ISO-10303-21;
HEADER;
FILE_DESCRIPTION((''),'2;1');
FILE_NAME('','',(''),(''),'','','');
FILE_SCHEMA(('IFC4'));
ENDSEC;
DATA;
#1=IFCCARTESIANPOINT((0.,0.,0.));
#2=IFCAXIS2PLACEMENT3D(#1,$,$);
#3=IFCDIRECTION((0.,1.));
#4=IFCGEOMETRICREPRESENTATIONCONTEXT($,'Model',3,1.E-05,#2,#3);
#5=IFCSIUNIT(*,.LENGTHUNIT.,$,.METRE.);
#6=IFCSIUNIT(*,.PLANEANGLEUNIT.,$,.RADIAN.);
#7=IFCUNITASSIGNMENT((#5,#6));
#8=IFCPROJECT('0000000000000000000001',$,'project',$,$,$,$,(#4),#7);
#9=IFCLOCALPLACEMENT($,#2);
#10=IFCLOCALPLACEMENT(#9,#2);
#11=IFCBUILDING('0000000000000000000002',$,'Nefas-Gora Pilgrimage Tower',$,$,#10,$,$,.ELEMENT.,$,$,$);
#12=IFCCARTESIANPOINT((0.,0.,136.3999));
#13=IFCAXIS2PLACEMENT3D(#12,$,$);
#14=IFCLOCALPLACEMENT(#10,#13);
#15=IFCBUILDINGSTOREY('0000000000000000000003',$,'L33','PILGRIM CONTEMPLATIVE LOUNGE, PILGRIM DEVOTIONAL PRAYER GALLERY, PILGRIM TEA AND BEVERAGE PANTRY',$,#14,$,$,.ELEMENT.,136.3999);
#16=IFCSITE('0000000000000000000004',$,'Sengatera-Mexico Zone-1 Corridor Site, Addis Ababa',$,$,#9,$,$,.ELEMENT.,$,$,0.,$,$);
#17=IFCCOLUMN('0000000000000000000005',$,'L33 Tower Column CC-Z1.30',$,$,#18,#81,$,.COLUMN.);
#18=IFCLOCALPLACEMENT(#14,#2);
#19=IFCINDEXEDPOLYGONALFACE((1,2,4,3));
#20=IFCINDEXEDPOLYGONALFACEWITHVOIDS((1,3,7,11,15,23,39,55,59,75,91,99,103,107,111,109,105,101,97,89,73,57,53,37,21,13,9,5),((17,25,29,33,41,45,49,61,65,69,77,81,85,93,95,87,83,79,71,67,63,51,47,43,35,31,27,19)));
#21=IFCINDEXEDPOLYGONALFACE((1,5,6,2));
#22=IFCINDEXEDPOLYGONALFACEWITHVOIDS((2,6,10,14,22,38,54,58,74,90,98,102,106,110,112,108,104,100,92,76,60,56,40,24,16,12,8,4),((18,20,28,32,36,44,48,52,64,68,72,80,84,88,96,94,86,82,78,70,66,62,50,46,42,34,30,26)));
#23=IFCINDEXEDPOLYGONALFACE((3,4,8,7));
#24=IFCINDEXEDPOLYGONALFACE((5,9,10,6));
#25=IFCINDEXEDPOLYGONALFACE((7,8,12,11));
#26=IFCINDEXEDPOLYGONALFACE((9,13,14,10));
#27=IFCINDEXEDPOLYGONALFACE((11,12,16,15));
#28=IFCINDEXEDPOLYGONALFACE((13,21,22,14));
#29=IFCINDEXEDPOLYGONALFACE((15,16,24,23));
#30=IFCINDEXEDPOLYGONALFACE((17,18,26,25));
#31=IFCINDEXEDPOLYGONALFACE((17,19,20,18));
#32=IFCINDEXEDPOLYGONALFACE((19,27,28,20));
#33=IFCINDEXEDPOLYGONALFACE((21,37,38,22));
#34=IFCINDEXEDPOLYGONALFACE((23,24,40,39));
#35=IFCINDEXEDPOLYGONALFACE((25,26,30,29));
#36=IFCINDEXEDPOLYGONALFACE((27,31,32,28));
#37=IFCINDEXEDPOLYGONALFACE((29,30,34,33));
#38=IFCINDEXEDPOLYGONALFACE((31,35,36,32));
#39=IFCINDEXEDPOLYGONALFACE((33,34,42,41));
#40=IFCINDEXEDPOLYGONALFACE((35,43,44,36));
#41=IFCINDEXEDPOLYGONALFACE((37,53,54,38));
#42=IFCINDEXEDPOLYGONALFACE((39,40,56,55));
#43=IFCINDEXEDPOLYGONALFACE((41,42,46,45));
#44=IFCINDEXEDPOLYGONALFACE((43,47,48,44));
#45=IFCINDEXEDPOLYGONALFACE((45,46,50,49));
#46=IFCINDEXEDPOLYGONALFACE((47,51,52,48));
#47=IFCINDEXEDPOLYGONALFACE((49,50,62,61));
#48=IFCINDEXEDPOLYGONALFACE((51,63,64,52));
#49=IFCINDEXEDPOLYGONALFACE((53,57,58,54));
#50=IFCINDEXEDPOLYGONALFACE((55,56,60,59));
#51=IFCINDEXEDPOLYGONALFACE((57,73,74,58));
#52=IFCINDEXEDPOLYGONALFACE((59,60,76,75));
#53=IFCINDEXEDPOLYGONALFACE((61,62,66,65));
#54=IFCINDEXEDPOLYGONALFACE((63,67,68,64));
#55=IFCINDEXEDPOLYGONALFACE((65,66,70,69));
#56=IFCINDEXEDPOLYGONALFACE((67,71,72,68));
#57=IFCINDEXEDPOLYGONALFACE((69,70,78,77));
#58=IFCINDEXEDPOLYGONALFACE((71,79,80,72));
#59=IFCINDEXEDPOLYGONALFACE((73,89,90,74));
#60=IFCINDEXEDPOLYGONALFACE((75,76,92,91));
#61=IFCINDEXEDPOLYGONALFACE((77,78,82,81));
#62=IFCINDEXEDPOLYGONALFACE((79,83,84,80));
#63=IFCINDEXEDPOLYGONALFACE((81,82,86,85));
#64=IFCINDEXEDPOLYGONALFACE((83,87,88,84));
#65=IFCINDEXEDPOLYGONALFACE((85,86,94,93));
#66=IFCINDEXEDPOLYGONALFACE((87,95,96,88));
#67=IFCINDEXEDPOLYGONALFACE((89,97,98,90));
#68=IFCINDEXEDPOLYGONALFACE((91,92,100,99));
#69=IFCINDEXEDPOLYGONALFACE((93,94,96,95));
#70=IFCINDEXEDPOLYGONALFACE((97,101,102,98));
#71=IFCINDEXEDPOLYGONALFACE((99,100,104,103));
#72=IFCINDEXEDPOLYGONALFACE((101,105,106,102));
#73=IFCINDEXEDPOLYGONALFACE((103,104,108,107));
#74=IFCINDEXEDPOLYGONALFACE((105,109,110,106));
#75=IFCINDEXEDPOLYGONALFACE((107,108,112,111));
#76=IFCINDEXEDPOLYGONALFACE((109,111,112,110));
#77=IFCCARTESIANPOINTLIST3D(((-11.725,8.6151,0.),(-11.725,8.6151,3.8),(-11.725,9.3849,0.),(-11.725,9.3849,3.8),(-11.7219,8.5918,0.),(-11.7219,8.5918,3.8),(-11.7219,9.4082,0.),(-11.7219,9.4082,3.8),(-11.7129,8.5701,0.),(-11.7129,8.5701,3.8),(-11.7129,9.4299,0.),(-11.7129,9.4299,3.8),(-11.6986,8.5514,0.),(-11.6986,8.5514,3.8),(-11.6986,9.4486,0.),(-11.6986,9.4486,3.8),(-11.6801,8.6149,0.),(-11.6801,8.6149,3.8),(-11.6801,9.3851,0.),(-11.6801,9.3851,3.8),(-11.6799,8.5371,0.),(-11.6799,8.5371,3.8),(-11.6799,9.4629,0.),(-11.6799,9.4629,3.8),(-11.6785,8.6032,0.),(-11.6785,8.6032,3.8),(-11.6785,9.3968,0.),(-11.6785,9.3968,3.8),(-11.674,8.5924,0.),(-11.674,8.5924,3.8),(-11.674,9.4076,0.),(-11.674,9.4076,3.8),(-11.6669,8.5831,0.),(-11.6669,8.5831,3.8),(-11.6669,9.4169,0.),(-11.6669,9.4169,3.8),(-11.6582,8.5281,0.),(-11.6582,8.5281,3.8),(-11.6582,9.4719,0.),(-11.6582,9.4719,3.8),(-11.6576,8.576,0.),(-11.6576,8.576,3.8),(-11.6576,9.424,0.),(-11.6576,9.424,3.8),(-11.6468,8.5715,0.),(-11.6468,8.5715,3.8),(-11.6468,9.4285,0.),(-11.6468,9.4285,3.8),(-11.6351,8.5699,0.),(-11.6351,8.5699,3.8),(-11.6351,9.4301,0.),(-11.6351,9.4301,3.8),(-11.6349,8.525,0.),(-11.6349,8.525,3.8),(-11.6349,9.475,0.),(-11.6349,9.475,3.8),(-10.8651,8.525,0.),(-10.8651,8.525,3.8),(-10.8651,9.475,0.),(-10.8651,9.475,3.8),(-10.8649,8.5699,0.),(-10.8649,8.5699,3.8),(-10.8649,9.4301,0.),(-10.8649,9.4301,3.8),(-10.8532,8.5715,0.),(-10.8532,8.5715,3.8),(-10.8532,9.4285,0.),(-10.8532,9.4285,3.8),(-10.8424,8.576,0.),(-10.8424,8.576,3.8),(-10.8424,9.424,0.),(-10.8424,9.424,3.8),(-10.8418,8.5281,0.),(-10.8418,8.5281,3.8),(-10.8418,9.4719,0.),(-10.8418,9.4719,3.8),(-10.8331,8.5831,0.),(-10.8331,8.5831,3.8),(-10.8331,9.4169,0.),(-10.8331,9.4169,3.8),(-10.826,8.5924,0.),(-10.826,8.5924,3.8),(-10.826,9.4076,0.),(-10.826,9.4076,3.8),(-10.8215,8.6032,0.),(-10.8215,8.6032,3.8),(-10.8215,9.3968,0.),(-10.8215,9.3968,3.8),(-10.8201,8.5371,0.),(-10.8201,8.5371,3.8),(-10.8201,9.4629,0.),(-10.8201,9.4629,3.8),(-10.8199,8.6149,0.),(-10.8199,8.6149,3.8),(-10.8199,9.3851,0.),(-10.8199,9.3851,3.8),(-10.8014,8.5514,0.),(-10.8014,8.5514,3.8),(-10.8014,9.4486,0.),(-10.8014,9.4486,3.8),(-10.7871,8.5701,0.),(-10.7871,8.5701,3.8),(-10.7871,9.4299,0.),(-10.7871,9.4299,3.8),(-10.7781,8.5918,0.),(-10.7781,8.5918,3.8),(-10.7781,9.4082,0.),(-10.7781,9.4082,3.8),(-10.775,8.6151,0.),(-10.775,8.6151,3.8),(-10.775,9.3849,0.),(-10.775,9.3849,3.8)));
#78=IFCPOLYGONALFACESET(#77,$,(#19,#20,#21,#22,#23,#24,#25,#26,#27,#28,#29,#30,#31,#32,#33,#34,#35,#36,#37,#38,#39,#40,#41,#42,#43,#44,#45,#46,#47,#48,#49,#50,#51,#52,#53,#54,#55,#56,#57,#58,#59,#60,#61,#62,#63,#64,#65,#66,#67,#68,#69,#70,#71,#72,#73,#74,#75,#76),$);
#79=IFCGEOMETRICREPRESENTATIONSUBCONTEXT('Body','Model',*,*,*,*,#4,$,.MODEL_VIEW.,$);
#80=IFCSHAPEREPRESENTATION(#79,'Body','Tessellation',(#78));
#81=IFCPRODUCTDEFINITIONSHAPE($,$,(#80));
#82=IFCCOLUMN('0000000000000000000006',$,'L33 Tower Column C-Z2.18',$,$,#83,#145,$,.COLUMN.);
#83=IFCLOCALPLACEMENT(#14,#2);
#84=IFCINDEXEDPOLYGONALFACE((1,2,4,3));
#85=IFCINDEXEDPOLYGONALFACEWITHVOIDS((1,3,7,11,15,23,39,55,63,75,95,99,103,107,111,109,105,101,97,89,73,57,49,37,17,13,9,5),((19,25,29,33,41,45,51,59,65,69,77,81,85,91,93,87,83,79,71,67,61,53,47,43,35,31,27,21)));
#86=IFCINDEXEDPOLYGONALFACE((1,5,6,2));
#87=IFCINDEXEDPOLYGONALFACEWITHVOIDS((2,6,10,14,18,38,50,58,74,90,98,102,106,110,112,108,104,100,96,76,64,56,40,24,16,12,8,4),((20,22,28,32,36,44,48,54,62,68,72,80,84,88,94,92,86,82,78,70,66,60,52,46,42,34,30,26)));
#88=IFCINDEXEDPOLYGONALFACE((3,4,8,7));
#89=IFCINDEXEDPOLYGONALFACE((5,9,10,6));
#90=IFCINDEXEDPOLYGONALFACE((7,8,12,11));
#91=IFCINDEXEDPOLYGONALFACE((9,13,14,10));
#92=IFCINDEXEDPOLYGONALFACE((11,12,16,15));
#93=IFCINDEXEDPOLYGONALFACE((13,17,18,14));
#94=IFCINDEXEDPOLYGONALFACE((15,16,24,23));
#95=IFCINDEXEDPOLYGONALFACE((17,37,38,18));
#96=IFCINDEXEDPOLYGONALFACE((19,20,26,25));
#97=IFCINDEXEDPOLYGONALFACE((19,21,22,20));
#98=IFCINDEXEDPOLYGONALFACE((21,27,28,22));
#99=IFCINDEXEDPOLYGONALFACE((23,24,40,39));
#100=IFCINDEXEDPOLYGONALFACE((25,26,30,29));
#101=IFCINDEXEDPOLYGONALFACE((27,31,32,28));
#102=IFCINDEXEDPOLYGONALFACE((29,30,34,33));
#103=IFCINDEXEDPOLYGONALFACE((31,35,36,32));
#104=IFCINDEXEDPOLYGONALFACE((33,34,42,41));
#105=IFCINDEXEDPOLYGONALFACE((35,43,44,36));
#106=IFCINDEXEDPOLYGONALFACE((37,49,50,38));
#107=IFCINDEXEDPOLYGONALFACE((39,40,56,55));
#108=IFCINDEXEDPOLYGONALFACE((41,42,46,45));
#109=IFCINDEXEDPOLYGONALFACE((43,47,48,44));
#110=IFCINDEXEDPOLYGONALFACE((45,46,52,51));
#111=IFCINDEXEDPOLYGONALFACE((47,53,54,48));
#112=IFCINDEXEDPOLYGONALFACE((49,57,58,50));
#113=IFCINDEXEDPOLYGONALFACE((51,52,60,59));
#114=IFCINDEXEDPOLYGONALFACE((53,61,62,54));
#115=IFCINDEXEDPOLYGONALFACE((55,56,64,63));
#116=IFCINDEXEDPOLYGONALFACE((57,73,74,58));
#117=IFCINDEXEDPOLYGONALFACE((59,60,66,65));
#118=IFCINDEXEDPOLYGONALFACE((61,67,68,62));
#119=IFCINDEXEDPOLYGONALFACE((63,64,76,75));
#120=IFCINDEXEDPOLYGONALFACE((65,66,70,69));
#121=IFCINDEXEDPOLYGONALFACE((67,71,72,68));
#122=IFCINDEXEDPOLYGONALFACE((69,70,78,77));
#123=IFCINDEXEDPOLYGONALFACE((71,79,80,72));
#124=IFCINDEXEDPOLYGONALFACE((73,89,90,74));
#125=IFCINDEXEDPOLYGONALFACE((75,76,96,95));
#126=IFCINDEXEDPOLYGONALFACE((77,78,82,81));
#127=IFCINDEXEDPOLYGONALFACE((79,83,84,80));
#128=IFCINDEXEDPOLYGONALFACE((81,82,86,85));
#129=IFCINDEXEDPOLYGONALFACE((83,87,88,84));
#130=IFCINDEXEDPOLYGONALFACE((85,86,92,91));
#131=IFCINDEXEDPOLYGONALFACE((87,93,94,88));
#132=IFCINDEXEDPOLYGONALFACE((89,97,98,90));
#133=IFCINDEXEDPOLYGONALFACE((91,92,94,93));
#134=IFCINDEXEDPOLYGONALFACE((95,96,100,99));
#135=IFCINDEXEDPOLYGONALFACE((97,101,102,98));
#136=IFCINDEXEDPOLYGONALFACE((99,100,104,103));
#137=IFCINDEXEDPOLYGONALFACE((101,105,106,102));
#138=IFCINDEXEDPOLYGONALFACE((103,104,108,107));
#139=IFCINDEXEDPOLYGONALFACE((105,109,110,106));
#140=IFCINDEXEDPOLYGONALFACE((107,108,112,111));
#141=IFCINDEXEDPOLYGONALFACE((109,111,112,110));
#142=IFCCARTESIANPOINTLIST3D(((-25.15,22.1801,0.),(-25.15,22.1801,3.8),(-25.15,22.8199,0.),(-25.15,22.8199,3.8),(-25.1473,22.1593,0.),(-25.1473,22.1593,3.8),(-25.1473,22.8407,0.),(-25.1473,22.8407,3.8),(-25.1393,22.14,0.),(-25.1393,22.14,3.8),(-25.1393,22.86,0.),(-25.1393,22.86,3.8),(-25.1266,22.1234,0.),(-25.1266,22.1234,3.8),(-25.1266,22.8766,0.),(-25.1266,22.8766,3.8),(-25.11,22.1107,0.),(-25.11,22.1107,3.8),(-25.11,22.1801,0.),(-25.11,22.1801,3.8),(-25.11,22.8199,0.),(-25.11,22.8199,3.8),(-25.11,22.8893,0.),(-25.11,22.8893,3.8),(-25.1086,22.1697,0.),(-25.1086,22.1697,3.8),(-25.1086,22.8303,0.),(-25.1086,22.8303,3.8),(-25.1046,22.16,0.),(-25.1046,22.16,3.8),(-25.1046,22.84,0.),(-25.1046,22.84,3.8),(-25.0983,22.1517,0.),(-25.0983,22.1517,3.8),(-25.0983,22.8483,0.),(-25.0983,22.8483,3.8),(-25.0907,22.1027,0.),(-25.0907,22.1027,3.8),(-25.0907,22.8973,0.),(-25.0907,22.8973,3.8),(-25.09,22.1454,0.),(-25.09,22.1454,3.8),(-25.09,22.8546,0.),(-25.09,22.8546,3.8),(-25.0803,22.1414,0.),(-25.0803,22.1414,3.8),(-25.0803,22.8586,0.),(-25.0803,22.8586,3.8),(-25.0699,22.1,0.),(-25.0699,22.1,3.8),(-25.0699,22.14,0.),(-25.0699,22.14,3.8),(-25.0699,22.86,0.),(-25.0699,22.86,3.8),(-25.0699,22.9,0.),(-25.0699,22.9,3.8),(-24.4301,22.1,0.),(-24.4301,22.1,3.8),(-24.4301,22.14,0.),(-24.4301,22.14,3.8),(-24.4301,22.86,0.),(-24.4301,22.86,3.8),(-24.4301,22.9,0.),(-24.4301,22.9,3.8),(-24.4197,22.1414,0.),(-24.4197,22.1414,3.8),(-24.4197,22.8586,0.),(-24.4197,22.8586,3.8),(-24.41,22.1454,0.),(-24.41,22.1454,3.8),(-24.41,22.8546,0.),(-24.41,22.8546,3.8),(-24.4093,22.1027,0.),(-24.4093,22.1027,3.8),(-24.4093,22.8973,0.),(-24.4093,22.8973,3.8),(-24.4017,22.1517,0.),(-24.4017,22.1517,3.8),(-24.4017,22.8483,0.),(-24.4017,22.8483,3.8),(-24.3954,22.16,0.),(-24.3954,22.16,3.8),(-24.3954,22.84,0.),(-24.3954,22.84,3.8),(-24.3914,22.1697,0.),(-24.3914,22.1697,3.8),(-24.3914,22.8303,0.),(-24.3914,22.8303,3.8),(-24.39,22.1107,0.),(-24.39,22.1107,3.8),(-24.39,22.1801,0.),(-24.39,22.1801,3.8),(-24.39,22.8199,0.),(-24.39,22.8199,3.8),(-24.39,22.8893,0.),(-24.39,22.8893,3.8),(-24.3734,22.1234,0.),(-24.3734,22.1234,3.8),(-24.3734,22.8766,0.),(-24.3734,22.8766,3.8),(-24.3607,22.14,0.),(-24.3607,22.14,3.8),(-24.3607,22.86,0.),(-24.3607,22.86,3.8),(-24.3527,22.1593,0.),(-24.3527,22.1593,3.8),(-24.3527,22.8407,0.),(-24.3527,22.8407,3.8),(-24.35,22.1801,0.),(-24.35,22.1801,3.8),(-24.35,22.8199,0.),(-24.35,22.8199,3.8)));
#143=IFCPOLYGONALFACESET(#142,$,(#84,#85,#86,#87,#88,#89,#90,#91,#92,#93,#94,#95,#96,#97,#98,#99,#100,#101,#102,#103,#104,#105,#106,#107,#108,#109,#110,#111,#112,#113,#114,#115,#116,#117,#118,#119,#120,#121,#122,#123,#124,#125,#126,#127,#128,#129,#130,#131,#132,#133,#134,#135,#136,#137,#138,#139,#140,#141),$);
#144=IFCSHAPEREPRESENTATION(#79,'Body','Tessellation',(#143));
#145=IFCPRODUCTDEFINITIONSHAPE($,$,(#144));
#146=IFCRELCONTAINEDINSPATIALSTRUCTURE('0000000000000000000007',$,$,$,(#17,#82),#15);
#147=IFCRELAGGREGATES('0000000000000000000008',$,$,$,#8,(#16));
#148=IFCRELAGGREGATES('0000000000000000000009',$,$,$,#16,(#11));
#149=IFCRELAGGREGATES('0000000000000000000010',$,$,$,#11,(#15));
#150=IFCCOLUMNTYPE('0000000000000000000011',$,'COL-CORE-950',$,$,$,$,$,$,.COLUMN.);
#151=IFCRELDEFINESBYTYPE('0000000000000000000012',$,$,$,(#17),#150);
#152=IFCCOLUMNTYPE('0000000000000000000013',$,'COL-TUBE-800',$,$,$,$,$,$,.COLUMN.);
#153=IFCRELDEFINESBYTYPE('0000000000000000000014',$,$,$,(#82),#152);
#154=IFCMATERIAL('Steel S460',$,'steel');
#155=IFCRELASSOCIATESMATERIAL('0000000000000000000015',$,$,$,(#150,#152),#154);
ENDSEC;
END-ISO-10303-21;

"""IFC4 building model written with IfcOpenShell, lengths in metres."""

from ifc_helpers import new_model, si_unit, direction, frame, origin, origin_2d, place, context, subcontext, project, spatial, hollow_rectangle, extrude, source, transform, mapped, material, material_profile, profile_set, type_object, element, save


model = new_model("IFC4")

# Units and contexts
model_context = context("Model", 3, precision=1e-05, world=origin(), true_north=direction((0.0, 1.0)))
body_context = subcontext(model_context, "Body", "Model", "MODEL_VIEW")
ifc_project = project(units=[si_unit("LENGTHUNIT", "METRE"), si_unit("PLANEANGLEUNIT", "RADIAN")], contexts=[model_context])

# Site, building, storey
site_placement = place(None, origin())
site = spatial("IfcSite", under=ifc_project, at=site_placement, Name="Sengatera-Mexico Zone-1 Corridor Site, Addis Ababa", CompositionType="ELEMENT", RefElevation=0.0)
building_placement = place(site_placement, origin())
building = spatial("IfcBuilding", under=site, at=building_placement, Name="Nefas-Gora Pilgrimage Tower", CompositionType="ELEMENT")
storey_placement = place(building_placement, frame((0.0, 0.0, 136.3999)))
storey = spatial("IfcBuildingStorey", under=building, at=storey_placement, Name="L33", Description="PILGRIM CONTEMPLATIVE LOUNGE, PILGRIM DEVOTIONAL PRAYER GALLERY, PILGRIM TEA AND BEVERAGE PANTRY", CompositionType="ELEMENT", Elevation=136.3999)

# Columns
ifc_material_1 = material(Name="Steel S460", Category="steel")
ifc_material_profile_1 = material_profile(ifc_material_1, hollow_rectangle(XDim=0.95, YDim=0.95, WallThickness=0.0449, InnerFilletRadius=0.0449, OuterFilletRadius=0.0901, at=origin_2d()), Name="BOX 950x950x45")
ifc_profile_set_1 = profile_set([ifc_material_profile_1], Name="Steel S460")
column_type_1 = type_object("IfcColumnType", Name="COL-CORE-950", PredefinedType="COLUMN", material=ifc_profile_set_1)
shared_shape_1 = source(origin(), body_context, "Body", "SweptSolid", [
    extrude(hollow_rectangle(XDim=0.95, YDim=0.95, WallThickness=0.0449, InnerFilletRadius=0.0449, OuterFilletRadius=0.0901, at=origin_2d()), origin(), (0.0, 0.0, 1.0), 3.8),
])
column_placement = place(storey_placement, frame((-11.25, 9.0, 0.0), z_axis=(0.0, 0.0, 1.0), x_axis=(1.0, 0.0, 0.0)))
element("IfcColumn", 1, at=column_placement, inside=storey, type_object=column_type_1, Name="L33 Tower Column CC-Z1.30", PredefinedType="COLUMN", context=body_context, shape_type="MappedRepresentation", body=[
    mapped(shared_shape_1, transform((0.0, 0.0, 0.0), x_axis=(1.0, 0.0, 0.0), y_axis=(0.0, 1.0, 0.0), z_axis=(0.0, 0.0, 1.0), scale=1.0)),
])
ifc_material_profile_2 = material_profile(ifc_material_1, hollow_rectangle(XDim=0.8, YDim=0.8, WallThickness=0.04, InnerFilletRadius=0.04, OuterFilletRadius=0.0801, at=origin_2d()), Name="BOX 800x800x40")
ifc_profile_set_2 = profile_set([ifc_material_profile_2], Name="Steel S460")
column_type_2 = type_object("IfcColumnType", Name="COL-TUBE-800", PredefinedType="COLUMN", material=ifc_profile_set_2)
shared_shape_2 = source(origin(), body_context, "Body", "SweptSolid", [
    extrude(hollow_rectangle(XDim=0.8, YDim=0.8, WallThickness=0.04, InnerFilletRadius=0.04, OuterFilletRadius=0.0801, at=origin_2d()), origin(), (0.0, 0.0, 1.0), 3.8),
])
for number, where, z_axis, x_axis, name in (
    (2, (-24.75, 22.5, 0.0), (0.0, 0.0, 1.0), (1.0, 0.0, 0.0), "L33 Tower Column C-Z2.18"),
):
    element("IfcColumn", number, at=place(storey_placement, frame(where, z_axis=z_axis, x_axis=x_axis)), inside=storey, type_object=column_type_2, Name=name, PredefinedType="COLUMN", context=body_context, shape_type="MappedRepresentation", body=[
        mapped(shared_shape_2, transform((0.0, 0.0, 0.0), x_axis=(1.0, 0.0, 0.0), y_axis=(0.0, 1.0, 0.0), z_axis=(0.0, 0.0, 1.0), scale=1.0)),
    ])

save(model, "model.ifc")
